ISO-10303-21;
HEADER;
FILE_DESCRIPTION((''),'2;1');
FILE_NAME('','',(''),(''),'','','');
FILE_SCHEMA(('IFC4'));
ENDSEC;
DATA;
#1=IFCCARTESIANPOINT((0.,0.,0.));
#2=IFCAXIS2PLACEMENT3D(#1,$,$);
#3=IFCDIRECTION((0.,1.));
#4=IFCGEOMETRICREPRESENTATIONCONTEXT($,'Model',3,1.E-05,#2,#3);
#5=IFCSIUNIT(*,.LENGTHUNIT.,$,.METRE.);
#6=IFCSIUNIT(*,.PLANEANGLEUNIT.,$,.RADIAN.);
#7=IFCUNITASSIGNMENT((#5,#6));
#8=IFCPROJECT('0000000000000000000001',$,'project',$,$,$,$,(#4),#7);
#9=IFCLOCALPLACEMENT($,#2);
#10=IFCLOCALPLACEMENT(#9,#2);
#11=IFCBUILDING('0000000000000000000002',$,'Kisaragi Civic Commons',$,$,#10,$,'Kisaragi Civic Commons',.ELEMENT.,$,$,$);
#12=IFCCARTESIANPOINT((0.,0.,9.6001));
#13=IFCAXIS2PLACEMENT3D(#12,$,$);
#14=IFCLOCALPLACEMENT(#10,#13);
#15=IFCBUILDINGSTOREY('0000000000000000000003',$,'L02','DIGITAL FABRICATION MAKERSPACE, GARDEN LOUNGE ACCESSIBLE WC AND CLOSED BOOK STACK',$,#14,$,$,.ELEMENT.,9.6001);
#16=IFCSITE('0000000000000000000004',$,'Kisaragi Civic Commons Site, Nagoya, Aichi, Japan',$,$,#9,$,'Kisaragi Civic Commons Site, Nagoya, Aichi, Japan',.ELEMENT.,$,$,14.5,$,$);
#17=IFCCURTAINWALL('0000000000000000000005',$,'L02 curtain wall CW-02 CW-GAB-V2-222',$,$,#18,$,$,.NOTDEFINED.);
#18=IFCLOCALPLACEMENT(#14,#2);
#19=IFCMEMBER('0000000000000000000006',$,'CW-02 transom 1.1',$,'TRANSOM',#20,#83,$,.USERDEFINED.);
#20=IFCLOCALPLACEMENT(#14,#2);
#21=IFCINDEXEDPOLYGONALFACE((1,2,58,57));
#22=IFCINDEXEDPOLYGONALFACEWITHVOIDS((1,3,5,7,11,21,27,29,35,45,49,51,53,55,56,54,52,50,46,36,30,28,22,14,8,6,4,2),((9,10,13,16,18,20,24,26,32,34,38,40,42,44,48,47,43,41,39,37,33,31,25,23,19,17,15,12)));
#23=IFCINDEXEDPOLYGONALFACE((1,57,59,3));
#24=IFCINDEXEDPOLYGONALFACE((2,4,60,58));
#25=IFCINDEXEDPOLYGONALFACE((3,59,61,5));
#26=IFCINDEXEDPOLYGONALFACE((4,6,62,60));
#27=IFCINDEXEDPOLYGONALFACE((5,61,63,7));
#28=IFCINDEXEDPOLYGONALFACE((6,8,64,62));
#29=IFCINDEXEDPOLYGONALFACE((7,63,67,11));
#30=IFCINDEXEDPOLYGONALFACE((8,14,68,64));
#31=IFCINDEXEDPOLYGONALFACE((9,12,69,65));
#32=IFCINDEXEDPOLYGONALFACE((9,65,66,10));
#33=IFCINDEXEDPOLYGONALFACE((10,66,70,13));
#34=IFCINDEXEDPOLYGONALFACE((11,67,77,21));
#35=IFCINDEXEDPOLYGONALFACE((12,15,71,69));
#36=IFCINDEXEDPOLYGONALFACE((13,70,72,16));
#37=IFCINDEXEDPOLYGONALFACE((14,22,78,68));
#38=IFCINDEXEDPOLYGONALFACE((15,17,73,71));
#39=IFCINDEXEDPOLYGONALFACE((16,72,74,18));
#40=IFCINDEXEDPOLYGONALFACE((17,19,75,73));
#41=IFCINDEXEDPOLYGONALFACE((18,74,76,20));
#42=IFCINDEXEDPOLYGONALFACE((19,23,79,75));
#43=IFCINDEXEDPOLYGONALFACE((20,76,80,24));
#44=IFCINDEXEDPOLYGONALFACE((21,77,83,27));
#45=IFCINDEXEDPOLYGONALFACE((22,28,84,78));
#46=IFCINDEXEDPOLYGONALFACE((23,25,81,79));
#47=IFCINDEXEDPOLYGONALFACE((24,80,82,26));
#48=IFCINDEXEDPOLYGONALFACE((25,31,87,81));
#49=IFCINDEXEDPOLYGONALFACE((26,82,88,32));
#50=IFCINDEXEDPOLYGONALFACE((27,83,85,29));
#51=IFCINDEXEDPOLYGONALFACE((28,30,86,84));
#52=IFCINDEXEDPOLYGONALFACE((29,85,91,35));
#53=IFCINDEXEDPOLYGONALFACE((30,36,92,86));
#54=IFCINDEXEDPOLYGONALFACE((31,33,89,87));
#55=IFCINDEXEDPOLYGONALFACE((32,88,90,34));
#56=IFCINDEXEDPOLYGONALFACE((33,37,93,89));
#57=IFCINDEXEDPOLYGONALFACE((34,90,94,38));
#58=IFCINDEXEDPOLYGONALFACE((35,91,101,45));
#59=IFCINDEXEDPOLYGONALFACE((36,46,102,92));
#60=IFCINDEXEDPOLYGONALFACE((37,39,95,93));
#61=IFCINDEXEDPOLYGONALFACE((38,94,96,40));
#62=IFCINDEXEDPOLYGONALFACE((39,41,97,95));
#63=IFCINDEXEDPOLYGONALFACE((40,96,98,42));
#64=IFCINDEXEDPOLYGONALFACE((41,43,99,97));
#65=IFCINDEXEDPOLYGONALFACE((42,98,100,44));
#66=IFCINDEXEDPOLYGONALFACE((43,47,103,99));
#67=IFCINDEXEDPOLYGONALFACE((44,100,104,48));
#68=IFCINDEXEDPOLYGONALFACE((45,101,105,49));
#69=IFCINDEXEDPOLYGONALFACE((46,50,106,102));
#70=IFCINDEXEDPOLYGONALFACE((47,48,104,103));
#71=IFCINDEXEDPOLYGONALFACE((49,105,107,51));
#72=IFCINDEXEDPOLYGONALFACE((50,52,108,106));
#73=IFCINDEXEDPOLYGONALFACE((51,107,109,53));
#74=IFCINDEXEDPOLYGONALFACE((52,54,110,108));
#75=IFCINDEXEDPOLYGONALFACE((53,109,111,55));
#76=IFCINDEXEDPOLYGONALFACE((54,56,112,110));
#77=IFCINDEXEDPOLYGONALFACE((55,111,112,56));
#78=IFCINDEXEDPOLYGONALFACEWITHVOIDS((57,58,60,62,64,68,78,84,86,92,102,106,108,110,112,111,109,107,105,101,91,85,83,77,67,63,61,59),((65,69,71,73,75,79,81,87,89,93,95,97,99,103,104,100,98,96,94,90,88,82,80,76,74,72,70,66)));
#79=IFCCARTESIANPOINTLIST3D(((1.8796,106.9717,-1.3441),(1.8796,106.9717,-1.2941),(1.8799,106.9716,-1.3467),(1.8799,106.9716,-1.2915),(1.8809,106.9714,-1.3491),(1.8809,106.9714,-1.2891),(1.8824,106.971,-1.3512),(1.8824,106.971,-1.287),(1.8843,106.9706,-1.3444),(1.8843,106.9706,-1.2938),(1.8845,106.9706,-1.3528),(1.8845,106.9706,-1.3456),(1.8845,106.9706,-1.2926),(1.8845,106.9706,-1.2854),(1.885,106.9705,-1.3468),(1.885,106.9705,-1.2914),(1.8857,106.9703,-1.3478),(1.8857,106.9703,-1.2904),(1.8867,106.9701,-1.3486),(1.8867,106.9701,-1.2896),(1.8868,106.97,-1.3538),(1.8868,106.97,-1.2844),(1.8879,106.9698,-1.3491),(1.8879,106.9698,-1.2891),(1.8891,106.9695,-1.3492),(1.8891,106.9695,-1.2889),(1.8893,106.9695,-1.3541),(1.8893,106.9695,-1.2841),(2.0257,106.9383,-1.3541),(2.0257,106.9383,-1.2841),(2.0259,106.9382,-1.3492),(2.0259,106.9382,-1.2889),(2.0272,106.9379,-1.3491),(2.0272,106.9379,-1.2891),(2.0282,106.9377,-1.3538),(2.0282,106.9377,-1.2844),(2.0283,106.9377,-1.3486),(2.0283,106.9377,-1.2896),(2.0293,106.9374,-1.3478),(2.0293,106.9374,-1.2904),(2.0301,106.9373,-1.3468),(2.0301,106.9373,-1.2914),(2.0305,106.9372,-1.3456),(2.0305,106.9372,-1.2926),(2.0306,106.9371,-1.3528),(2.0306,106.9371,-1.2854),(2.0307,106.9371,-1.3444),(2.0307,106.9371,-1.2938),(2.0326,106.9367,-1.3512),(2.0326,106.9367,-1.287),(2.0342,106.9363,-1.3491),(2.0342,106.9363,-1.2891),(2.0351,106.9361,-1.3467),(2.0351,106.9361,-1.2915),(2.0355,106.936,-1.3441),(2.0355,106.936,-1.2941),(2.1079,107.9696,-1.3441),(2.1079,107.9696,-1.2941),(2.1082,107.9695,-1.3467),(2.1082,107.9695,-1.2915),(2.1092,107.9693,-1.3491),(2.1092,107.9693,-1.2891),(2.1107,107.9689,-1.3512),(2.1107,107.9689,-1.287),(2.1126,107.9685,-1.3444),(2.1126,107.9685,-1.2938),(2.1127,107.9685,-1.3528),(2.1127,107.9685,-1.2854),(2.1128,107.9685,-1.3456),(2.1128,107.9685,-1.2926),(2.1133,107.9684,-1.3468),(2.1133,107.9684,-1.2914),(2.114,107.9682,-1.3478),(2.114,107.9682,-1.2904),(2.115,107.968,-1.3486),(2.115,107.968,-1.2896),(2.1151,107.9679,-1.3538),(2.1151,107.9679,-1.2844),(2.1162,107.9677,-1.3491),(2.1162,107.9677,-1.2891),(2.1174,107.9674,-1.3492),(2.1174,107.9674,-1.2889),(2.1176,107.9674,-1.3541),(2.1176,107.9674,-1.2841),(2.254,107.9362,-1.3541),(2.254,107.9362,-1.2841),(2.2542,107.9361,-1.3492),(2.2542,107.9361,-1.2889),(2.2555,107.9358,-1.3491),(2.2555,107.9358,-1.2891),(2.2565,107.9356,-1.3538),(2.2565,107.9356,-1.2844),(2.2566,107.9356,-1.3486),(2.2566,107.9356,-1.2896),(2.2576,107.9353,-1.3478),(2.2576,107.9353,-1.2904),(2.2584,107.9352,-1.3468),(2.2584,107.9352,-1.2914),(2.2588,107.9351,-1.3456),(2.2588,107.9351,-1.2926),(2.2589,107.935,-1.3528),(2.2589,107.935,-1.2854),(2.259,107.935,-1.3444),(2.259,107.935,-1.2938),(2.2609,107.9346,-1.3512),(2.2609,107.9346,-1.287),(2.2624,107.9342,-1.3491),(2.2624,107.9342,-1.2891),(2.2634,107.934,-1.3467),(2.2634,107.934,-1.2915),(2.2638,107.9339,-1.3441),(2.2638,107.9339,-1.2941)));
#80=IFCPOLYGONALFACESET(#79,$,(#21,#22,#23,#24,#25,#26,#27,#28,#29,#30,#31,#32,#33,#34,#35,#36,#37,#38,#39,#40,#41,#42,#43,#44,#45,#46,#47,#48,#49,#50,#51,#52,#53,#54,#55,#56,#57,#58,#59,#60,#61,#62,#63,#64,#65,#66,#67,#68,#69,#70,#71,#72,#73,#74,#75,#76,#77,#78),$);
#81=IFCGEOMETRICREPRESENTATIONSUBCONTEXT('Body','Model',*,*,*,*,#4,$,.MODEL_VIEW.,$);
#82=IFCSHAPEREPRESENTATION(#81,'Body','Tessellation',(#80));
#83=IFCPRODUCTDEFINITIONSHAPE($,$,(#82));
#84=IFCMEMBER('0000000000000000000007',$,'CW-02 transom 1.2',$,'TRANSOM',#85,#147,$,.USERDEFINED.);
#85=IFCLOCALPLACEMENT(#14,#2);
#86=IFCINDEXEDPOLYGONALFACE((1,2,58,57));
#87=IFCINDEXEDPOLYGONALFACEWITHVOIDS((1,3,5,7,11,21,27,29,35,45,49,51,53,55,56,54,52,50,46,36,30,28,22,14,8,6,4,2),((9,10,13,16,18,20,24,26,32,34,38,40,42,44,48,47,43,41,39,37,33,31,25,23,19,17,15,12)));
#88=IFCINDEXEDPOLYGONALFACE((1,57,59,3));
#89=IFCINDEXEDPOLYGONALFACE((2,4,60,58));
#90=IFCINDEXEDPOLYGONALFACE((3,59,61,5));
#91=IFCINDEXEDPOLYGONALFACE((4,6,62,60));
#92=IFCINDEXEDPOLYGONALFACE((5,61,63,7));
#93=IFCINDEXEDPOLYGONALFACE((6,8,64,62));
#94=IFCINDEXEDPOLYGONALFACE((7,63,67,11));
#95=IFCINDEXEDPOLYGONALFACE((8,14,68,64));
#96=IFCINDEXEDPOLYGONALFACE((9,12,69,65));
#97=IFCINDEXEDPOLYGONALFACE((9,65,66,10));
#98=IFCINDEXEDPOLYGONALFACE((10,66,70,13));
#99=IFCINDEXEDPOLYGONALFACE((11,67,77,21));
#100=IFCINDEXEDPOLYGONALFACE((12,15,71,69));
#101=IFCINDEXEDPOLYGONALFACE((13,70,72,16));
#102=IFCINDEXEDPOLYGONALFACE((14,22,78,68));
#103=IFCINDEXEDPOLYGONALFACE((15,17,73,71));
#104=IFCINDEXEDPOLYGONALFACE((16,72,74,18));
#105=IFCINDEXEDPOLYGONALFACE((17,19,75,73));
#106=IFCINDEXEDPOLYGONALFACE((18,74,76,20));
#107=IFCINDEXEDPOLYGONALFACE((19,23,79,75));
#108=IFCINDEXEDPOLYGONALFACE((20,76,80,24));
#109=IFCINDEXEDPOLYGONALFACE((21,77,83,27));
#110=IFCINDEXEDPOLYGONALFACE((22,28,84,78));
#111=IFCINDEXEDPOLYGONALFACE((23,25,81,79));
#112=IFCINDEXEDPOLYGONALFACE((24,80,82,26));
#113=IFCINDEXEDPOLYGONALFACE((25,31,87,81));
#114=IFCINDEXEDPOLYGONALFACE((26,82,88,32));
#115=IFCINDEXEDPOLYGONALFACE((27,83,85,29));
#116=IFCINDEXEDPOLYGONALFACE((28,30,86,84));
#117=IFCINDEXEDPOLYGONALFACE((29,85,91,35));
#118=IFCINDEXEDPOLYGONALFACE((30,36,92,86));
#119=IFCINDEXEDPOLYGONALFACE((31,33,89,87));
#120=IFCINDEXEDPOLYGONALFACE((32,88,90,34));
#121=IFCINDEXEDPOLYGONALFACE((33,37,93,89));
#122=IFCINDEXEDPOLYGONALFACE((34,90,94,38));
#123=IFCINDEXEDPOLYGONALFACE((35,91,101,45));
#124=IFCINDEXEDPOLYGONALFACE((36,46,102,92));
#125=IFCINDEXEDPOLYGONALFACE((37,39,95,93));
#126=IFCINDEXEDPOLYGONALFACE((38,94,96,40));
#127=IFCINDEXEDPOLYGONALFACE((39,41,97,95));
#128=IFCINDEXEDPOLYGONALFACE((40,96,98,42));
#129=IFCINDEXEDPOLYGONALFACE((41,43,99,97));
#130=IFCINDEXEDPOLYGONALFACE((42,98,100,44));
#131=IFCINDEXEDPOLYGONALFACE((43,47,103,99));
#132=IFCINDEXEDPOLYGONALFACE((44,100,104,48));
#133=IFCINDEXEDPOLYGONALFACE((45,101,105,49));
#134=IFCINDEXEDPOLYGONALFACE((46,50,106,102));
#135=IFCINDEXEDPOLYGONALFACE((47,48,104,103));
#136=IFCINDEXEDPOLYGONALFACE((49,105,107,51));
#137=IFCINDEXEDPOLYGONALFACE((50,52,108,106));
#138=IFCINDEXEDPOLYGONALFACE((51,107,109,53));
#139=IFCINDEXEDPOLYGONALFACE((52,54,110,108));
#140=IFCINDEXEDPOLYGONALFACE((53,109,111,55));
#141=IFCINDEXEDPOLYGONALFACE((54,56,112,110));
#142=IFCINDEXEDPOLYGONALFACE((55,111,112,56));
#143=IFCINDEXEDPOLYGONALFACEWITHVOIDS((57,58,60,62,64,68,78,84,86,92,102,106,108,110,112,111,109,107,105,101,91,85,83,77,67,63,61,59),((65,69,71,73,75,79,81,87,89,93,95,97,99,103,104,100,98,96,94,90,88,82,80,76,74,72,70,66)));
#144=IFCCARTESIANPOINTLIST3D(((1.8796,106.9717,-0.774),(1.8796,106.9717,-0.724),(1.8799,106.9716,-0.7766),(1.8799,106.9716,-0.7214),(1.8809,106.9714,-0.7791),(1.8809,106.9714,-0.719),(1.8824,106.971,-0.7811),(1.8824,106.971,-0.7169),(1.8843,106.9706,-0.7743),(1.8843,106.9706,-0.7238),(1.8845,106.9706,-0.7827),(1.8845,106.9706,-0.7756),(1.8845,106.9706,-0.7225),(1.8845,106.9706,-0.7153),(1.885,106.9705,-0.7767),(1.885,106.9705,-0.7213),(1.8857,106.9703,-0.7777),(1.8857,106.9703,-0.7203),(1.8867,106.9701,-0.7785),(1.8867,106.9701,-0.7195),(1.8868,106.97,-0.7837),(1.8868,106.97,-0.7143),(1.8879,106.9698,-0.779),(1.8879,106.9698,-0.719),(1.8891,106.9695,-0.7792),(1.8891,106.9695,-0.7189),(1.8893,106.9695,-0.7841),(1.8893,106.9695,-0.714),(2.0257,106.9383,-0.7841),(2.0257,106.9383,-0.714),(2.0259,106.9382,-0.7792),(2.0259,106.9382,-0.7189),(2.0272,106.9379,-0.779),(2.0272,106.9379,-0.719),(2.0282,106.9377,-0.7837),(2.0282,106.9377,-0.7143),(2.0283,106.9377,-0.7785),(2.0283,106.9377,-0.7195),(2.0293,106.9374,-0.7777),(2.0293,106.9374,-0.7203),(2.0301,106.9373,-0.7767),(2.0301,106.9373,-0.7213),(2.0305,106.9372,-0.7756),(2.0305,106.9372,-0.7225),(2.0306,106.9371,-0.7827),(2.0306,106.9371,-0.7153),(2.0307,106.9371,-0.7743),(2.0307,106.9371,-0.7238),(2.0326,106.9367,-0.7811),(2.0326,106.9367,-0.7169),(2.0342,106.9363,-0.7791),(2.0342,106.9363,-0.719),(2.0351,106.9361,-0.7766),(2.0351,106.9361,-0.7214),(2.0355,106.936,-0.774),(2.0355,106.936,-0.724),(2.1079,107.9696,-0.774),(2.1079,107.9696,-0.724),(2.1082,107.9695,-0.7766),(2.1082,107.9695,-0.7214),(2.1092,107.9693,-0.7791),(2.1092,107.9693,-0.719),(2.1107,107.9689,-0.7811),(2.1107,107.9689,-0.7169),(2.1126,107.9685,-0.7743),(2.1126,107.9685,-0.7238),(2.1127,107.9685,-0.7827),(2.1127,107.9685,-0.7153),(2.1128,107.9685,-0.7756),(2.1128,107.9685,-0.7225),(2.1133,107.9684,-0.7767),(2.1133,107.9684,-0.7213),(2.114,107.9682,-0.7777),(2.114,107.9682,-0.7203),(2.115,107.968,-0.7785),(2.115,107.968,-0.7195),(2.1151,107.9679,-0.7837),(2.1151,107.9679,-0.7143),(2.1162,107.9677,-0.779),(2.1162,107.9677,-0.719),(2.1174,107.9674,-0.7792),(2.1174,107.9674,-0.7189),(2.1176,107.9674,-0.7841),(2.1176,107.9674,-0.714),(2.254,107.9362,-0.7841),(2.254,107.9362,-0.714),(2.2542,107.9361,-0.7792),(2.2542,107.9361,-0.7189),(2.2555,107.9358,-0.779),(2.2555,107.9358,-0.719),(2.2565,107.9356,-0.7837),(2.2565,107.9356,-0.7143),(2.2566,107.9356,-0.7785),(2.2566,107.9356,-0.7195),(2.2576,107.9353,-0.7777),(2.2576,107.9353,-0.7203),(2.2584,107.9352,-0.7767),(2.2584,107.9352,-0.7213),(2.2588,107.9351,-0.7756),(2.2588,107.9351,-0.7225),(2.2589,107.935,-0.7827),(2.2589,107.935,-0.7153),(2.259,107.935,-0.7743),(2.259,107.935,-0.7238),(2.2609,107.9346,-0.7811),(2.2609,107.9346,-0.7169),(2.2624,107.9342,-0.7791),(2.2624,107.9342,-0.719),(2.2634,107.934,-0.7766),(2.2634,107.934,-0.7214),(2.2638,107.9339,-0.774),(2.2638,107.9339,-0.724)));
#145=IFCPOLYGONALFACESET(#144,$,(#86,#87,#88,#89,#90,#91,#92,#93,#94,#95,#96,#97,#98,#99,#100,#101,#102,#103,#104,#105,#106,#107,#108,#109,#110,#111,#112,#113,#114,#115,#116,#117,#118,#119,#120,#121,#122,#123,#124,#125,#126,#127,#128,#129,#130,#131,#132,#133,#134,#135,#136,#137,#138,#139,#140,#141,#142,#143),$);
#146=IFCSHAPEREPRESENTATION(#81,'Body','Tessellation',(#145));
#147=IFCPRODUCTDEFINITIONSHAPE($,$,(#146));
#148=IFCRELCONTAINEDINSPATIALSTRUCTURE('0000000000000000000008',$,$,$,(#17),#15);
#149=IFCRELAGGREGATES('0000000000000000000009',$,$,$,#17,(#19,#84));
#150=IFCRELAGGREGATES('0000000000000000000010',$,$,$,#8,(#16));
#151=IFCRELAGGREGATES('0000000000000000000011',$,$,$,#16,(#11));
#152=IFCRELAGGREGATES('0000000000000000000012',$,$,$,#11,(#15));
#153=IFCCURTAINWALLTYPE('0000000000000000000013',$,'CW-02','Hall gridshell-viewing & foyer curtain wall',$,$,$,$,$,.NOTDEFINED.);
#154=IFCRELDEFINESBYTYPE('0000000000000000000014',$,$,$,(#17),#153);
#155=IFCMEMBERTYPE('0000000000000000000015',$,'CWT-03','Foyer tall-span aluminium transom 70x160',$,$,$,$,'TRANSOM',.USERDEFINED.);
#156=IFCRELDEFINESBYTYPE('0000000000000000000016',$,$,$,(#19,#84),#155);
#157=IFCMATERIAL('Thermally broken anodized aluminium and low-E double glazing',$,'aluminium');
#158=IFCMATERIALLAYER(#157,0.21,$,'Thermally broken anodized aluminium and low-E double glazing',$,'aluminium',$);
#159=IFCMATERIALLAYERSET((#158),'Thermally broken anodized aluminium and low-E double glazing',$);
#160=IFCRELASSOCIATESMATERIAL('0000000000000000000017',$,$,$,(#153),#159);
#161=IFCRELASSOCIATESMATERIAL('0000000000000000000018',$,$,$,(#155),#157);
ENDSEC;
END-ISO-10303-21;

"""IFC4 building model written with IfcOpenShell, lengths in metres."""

from ifc_helpers import new_model, si_unit, direction, frame, origin, origin_2d, place, context, subcontext, project, spatial, hollow_rectangle, extrude, material, layer, layer_set, material_profile, profile_set, type_object, element, aggregate, save


model = new_model("IFC4")

# Units and contexts
model_context = context("Model", 3, precision=1e-05, world=origin(), true_north=direction((0.0, 1.0)))
body_context = subcontext(model_context, "Body", "Model", "MODEL_VIEW")
ifc_project = project(units=[si_unit("LENGTHUNIT", "METRE"), si_unit("PLANEANGLEUNIT", "RADIAN")], contexts=[model_context])

# Site, building, storey
site_placement = place(None, origin())
site = spatial("IfcSite", under=ifc_project, at=site_placement, Name="Kisaragi Civic Commons Site, Nagoya, Aichi, Japan", LongName="Kisaragi Civic Commons Site, Nagoya, Aichi, Japan", CompositionType="ELEMENT", RefElevation=14.5)
building_placement = place(site_placement, origin())
building = spatial("IfcBuilding", under=site, at=building_placement, Name="Kisaragi Civic Commons", LongName="Kisaragi Civic Commons", CompositionType="ELEMENT")
storey_placement = place(building_placement, frame((0.0, 0.0, 9.6001)))
storey = spatial("IfcBuildingStorey", under=building, at=storey_placement, Name="L02", Description="DIGITAL FABRICATION MAKERSPACE, GARDEN LOUNGE ACCESSIBLE WC AND CLOSED BOOK STACK", CompositionType="ELEMENT", Elevation=9.6001)

# Shared definitions
ifc_material_1 = material(Name="Thermally broken anodized aluminium and low-E double glazing", Category="aluminium")

# Curtain wall, members
ifc_layer_1 = layer(ifc_material_1, 0.21, Name="Thermally broken anodized aluminium and low-E double glazing", Category="aluminium")
ifc_layer_set_1 = layer_set([ifc_layer_1], Name="Thermally broken anodized aluminium and low-E double glazing")
curtain_wall_type_1 = type_object("IfcCurtainWallType", Name="CW-02", Description="Hall gridshell-viewing & foyer curtain wall", PredefinedType="NOTDEFINED", material=ifc_layer_set_1)
curtain_wall_1_placement = place(storey_placement, origin())
curtain_wall_1 = element("IfcCurtainWall", 1, at=curtain_wall_1_placement, inside=storey, type_object=curtain_wall_type_1, Name="L02 curtain wall CW-02 CW-GAB-V2-222", PredefinedType="NOTDEFINED")
ifc_material_profile_1 = material_profile(ifc_material_1, hollow_rectangle(XDim=0.1599, YDim=0.0701, WallThickness=0.0049, InnerFilletRadius=0.0049, OuterFilletRadius=0.01, at=origin_2d()), Name="CWT-70x160x5", Category="aluminium")
ifc_profile_set_1 = profile_set([ifc_material_profile_1], Name="Thermally broken anodized aluminium and low-E double glazing")
member_type_1 = type_object("IfcMemberType", Name="CWT-03", Description="Foyer tall-span aluminium transom 70x160", ElementType="TRANSOM", PredefinedType="USERDEFINED", material=ifc_profile_set_1)
member_1_placement = place(storey_placement, frame((1.9575, 106.9539, -1.3191), z_axis=(0.223013, 0.974816, 0.0), x_axis=(-0.974816, 0.223013, 0.0)))
member_1 = element("IfcMember", 2, at=member_1_placement, type_object=member_type_1, Name="CW-02 transom 1.1", ObjectType="TRANSOM", PredefinedType="USERDEFINED", context=body_context, shape_type="SweptSolid", body=[
    extrude(hollow_rectangle(XDim=0.1599, YDim=0.0701, WallThickness=0.0049, InnerFilletRadius=0.0049, OuterFilletRadius=0.01, at=origin_2d()), origin(), (0.0, 0.0, 1.0), 1.0237),
])
member_2_placement = place(storey_placement, frame((1.9575, 106.9539, -0.749), z_axis=(0.223013, 0.974816, 0.0), x_axis=(-0.974816, 0.223013, 0.0)))
member_2 = element("IfcMember", 3, at=member_2_placement, type_object=member_type_1, Name="CW-02 transom 1.2", ObjectType="TRANSOM", PredefinedType="USERDEFINED", context=body_context, shape_type="SweptSolid", body=[
    extrude(hollow_rectangle(XDim=0.1599, YDim=0.0701, WallThickness=0.0049, InnerFilletRadius=0.0049, OuterFilletRadius=0.01, at=origin_2d()), origin(), (0.0, 0.0, 1.0), 1.0237),
])

aggregate(curtain_wall_1, [member_1, member_2])

save(model, "model.ifc")
